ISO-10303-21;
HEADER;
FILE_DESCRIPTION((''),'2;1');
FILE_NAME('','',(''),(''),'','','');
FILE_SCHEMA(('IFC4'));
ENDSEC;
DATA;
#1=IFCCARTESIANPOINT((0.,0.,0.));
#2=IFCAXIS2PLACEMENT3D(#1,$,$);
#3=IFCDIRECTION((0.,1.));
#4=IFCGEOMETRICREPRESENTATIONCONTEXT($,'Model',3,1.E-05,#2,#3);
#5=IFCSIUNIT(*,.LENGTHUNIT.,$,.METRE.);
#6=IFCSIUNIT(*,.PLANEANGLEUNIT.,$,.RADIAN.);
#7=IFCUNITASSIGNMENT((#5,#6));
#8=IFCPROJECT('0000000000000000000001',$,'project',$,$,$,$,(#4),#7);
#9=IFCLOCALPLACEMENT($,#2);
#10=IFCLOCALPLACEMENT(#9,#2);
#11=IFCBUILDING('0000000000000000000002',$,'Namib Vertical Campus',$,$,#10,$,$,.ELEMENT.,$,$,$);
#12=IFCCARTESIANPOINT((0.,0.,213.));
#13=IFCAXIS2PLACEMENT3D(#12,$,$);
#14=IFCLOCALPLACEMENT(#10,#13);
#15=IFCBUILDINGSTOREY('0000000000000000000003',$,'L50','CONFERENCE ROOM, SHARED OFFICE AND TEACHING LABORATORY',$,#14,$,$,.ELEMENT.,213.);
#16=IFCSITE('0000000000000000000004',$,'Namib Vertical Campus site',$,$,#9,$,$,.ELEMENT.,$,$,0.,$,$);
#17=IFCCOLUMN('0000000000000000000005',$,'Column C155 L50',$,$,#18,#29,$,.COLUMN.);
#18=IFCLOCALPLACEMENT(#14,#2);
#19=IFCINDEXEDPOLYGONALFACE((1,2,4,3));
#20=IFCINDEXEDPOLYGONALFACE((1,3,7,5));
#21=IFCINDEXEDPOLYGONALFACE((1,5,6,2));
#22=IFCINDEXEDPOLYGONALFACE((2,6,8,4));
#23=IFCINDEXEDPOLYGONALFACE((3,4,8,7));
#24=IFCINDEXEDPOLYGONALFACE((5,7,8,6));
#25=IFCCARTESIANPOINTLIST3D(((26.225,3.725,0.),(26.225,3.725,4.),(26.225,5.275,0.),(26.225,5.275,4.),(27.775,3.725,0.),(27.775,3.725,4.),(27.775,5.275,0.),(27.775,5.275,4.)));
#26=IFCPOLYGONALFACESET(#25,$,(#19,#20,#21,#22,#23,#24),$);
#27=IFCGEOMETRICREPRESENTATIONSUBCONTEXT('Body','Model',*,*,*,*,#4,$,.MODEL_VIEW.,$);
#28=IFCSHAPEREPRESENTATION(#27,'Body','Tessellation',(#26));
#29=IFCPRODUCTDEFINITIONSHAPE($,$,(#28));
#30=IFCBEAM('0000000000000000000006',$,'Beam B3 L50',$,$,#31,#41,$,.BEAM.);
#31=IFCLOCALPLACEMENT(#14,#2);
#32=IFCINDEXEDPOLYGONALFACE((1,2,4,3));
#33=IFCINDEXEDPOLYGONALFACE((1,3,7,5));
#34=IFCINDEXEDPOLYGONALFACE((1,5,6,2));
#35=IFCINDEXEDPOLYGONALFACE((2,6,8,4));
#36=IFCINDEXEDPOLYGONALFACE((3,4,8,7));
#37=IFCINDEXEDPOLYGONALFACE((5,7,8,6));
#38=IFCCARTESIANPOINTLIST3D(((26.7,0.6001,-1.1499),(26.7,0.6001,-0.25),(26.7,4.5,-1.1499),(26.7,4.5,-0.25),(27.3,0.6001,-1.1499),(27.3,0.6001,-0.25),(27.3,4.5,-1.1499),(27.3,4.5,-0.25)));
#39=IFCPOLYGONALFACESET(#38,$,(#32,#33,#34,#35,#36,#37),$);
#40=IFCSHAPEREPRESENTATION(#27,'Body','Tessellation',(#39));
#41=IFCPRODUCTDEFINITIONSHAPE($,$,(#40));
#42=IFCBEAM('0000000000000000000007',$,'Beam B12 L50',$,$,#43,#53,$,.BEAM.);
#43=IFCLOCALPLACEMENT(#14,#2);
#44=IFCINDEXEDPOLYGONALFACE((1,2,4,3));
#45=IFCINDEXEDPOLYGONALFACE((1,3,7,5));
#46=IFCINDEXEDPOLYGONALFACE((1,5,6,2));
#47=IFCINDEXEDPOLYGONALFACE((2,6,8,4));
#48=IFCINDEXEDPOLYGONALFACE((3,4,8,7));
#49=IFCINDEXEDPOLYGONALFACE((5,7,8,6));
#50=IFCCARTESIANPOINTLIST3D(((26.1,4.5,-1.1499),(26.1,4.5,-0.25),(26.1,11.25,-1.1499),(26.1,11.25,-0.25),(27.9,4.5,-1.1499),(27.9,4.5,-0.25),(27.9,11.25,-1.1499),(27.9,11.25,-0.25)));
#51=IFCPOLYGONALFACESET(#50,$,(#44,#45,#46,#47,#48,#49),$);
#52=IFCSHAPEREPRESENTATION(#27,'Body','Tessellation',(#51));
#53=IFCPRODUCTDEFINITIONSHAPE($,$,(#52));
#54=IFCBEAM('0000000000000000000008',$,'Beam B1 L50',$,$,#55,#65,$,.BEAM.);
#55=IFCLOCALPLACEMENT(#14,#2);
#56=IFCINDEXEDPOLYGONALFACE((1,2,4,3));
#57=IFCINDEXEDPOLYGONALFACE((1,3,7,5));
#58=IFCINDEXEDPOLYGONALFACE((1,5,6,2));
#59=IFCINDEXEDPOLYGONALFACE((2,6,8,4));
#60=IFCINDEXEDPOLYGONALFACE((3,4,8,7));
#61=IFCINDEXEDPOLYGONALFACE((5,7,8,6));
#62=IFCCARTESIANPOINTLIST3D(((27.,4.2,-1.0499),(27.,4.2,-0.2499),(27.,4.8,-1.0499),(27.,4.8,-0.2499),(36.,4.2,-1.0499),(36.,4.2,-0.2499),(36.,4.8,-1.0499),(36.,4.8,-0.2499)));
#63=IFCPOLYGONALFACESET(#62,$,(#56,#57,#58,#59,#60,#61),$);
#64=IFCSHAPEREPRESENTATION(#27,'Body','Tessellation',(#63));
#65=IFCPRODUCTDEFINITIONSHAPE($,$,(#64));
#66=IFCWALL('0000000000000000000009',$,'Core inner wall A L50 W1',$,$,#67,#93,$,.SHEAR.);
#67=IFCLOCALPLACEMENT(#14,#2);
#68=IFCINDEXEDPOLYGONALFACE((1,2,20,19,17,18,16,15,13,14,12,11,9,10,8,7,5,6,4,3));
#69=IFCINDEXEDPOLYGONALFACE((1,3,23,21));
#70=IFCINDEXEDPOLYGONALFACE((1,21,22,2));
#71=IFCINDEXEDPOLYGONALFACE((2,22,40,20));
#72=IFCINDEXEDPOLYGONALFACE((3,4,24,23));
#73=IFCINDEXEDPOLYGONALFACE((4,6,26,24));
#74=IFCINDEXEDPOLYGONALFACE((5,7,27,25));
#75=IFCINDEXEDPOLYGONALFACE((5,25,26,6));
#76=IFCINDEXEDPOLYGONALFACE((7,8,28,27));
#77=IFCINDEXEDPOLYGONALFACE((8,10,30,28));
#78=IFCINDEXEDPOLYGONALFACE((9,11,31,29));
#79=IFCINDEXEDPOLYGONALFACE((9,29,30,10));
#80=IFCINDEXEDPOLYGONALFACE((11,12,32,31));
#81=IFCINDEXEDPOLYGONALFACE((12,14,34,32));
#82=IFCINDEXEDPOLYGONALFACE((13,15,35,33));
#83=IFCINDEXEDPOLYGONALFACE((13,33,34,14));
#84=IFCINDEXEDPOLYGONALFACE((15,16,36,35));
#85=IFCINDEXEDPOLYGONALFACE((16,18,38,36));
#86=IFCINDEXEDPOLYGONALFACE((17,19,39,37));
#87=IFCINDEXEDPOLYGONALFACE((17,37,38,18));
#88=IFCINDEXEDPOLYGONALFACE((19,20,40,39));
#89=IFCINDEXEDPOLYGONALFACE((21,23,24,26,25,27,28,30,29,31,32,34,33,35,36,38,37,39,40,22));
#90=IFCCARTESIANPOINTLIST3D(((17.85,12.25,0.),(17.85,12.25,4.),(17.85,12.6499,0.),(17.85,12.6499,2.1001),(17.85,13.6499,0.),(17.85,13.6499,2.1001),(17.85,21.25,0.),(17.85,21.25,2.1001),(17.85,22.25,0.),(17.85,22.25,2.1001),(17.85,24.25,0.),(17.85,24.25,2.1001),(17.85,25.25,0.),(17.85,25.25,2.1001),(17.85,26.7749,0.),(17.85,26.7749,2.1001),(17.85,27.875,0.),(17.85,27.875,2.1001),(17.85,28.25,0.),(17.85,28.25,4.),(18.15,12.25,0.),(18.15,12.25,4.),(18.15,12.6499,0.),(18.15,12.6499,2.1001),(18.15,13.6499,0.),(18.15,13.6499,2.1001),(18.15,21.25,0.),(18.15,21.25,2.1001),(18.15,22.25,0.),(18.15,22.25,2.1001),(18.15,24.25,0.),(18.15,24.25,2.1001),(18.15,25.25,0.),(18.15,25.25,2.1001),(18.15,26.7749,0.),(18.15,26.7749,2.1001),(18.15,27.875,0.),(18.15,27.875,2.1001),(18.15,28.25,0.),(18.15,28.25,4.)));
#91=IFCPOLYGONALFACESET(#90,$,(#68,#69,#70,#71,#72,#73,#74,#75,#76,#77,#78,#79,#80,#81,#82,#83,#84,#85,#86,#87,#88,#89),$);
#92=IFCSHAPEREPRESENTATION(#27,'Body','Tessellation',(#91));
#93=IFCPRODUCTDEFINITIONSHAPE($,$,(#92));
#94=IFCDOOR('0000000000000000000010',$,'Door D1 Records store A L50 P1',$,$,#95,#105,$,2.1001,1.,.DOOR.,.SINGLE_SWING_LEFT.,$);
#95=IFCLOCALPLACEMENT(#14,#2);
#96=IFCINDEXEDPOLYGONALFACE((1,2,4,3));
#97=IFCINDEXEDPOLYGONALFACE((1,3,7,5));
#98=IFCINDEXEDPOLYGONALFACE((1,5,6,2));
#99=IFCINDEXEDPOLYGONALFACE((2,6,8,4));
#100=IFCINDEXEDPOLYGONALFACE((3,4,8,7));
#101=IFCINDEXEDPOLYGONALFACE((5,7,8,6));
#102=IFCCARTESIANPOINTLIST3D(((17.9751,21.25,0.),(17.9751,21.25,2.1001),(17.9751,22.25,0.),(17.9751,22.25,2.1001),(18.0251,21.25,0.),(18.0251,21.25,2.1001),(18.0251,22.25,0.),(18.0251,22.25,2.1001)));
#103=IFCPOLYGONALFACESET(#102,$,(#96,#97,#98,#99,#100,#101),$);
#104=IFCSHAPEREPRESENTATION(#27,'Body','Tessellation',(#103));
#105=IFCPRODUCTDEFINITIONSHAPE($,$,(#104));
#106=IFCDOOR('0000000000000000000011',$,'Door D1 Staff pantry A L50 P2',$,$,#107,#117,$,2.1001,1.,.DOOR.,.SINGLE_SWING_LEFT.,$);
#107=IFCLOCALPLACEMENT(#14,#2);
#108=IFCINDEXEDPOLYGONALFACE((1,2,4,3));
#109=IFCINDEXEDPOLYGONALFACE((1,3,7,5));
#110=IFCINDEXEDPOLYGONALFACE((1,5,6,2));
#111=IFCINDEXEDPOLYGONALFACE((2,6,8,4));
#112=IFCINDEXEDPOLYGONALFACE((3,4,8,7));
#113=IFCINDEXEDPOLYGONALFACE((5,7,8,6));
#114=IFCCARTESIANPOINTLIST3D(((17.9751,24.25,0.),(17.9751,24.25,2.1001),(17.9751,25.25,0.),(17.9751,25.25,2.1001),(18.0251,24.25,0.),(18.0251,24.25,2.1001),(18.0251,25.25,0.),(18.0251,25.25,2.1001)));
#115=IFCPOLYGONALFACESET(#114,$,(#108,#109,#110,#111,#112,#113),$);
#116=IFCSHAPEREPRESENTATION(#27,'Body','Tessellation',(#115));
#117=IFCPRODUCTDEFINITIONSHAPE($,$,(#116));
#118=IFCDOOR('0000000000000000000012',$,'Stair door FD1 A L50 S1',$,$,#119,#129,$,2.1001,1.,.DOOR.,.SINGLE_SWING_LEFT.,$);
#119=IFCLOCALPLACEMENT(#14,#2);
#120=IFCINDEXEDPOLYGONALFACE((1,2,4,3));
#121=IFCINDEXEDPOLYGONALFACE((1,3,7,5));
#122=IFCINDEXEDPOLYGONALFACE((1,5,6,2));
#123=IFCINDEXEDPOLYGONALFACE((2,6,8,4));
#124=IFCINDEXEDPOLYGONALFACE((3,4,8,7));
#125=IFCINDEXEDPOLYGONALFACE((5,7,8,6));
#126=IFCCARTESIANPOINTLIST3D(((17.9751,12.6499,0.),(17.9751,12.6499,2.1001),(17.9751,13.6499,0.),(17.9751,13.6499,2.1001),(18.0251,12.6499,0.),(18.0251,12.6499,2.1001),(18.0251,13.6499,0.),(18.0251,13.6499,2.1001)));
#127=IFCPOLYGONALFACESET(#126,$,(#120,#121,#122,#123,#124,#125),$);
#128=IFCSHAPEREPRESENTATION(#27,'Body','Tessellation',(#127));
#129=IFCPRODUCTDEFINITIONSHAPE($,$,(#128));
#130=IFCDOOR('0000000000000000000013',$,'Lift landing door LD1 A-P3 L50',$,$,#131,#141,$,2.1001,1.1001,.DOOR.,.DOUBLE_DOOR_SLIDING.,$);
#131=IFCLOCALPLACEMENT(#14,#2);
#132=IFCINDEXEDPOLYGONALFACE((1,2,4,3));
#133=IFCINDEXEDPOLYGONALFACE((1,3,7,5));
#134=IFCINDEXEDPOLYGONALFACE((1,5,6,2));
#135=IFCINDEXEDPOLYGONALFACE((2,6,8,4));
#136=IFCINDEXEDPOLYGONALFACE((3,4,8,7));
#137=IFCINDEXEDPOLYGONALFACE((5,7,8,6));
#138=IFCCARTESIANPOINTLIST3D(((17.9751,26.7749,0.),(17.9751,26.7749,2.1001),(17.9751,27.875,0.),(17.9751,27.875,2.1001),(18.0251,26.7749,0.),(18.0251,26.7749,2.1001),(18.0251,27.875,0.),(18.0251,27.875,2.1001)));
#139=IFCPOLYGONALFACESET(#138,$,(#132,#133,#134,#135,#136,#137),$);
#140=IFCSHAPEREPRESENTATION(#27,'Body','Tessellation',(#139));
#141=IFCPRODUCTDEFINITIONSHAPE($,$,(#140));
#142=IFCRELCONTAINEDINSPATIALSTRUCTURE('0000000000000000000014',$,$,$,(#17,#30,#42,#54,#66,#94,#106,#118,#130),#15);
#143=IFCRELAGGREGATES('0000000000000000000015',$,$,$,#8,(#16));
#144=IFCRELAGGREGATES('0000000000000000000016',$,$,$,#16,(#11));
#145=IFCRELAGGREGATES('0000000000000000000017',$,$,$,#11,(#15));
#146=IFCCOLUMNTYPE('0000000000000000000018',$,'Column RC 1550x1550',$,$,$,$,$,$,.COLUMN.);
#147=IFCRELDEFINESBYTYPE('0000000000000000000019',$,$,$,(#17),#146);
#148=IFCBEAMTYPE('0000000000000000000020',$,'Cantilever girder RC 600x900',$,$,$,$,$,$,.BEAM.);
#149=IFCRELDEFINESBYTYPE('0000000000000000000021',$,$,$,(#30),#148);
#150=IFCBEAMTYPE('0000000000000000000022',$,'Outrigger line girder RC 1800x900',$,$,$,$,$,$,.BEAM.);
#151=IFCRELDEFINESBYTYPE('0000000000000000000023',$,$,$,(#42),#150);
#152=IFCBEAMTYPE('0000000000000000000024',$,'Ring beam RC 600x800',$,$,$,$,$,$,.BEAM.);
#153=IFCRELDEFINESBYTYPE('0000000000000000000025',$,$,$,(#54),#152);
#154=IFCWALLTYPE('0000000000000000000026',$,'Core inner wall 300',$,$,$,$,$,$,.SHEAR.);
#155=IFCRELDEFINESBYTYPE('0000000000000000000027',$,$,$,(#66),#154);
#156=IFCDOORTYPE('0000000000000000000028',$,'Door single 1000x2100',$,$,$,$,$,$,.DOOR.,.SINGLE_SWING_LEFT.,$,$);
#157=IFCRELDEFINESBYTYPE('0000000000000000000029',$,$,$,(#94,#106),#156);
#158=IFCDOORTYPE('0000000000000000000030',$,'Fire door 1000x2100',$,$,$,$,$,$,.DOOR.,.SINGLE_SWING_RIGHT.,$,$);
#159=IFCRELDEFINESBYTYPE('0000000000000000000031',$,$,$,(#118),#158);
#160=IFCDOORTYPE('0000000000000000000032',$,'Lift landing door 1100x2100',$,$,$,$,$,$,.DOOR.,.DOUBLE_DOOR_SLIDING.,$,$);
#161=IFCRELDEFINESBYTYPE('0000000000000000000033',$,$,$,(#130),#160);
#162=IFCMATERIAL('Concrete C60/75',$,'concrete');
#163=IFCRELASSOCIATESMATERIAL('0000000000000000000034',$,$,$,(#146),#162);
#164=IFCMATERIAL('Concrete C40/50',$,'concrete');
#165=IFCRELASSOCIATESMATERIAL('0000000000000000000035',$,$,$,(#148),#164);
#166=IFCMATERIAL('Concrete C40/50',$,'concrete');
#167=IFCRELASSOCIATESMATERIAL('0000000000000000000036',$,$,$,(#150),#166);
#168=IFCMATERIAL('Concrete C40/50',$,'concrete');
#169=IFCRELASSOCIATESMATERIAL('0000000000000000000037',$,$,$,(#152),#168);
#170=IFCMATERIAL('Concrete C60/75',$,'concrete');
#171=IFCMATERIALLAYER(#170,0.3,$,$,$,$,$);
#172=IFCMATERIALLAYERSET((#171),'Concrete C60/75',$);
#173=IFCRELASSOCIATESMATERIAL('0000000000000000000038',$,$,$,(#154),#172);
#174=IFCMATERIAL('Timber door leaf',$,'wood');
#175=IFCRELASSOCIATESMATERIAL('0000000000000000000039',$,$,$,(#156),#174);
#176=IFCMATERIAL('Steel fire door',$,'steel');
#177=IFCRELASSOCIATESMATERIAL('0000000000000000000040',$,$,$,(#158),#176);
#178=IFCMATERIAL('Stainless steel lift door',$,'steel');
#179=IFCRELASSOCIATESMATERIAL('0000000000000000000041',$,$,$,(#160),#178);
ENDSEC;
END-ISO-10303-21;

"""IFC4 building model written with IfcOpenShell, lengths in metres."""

from ifc_helpers import new_model, si_unit, direction, frame, frame_2d, origin, origin_2d, place, context, subcontext, project, spatial, rectangle, extrude, material, layer, layer_set, material_profile, profile_set, type_object, element, fill, save


model = new_model("IFC4")

# Units and contexts
model_context = context("Model", 3, precision=1e-05, world=origin(), true_north=direction((0.0, 1.0)))
body_context = subcontext(model_context, "Body", "Model", "MODEL_VIEW")
ifc_project = project(units=[si_unit("LENGTHUNIT", "METRE"), si_unit("PLANEANGLEUNIT", "RADIAN")], contexts=[model_context])

# Site, building, storey
site_placement = place(None, origin())
site = spatial("IfcSite", under=ifc_project, at=site_placement, Name="Namib Vertical Campus site", CompositionType="ELEMENT", RefElevation=0.0)
building_placement = place(site_placement, origin())
building = spatial("IfcBuilding", under=site, at=building_placement, Name="Namib Vertical Campus", CompositionType="ELEMENT")
storey_placement = place(building_placement, frame((0.0, 0.0, 213.0)))
storey = spatial("IfcBuildingStorey", under=building, at=storey_placement, Name="L50", Description="CONFERENCE ROOM, SHARED OFFICE AND TEACHING LABORATORY", CompositionType="ELEMENT", Elevation=213.0)

# Column
ifc_material_1 = material(Name="Concrete C60/75", Category="concrete")
ifc_material_profile_1 = material_profile(ifc_material_1, rectangle(XDim=1.55, YDim=1.55, at=origin_2d()))
ifc_profile_set_1 = profile_set([ifc_material_profile_1], Name="Concrete C60/75")
column_type = type_object("IfcColumnType", Name="Column RC 1550x1550", PredefinedType="COLUMN", material=ifc_profile_set_1)
column_placement = place(storey_placement, frame((27.0, 4.5, 0.0), z_axis=(0.0, 0.0, 1.0), x_axis=(1.0, 0.0, 0.0)))
element("IfcColumn", 1, at=column_placement, inside=storey, type_object=column_type, Name="Column C155 L50", PredefinedType="COLUMN", context=body_context, shape_type="SweptSolid", body=[
    extrude(rectangle(XDim=1.55, YDim=1.55, at=origin_2d()), origin(), (0.0, 0.0, 1.0), 4.0),
])

# Beams
ifc_material_2 = material(Name="Concrete C40/50", Category="concrete")
ifc_material_profile_2 = material_profile(ifc_material_2, rectangle(XDim=0.6001, YDim=0.8999, at=origin_2d()))
ifc_profile_set_2 = profile_set([ifc_material_profile_2], Name="Concrete C40/50")
beam_type_1 = type_object("IfcBeamType", Name="Cantilever girder RC 600x900", PredefinedType="BEAM", material=ifc_profile_set_2)
beam_1_placement = place(storey_placement, frame((27.0, 4.5, -0.7), z_axis=(0.0, -1.0, 0.0), x_axis=(1.0, 0.0, 0.0)))
element("IfcBeam", 2, at=beam_1_placement, inside=storey, type_object=beam_type_1, Name="Beam B3 L50", PredefinedType="BEAM", context=body_context, shape_type="SweptSolid", body=[
    extrude(rectangle(XDim=0.6001, YDim=0.8999, at=origin_2d()), origin(), (0.0, 0.0, 1.0), 3.8999),
])
ifc_material_3 = material(Name="Concrete C40/50", Category="concrete")
ifc_material_profile_3 = material_profile(ifc_material_3, rectangle(XDim=1.8, YDim=0.8999, at=origin_2d()))
ifc_profile_set_3 = profile_set([ifc_material_profile_3], Name="Concrete C40/50")
beam_type_2 = type_object("IfcBeamType", Name="Outrigger line girder RC 1800x900", PredefinedType="BEAM", material=ifc_profile_set_3)
beam_2_placement = place(storey_placement, frame((27.0, 4.5, -0.7), z_axis=(0.0, 1.0, 0.0), x_axis=(-1.0, 0.0, 0.0)))
element("IfcBeam", 3, at=beam_2_placement, inside=storey, type_object=beam_type_2, Name="Beam B12 L50", PredefinedType="BEAM", context=body_context, shape_type="SweptSolid", body=[
    extrude(rectangle(XDim=1.8, YDim=0.8999, at=origin_2d()), origin(), (0.0, 0.0, 1.0), 6.75),
])
ifc_material_4 = material(Name="Concrete C40/50", Category="concrete")
ifc_material_profile_4 = material_profile(ifc_material_4, rectangle(XDim=0.6001, YDim=0.8, at=origin_2d()))
ifc_profile_set_4 = profile_set([ifc_material_profile_4], Name="Concrete C40/50")
beam_type_3 = type_object("IfcBeamType", Name="Ring beam RC 600x800", PredefinedType="BEAM", material=ifc_profile_set_4)
beam_3_placement = place(storey_placement, frame((27.0, 4.5, -0.6499), z_axis=(1.0, 0.0, 0.0), x_axis=(0.0, 1.0, 0.0)))
element("IfcBeam", 4, at=beam_3_placement, inside=storey, type_object=beam_type_3, Name="Beam B1 L50", PredefinedType="BEAM", context=body_context, shape_type="SweptSolid", body=[
    extrude(rectangle(XDim=0.6001, YDim=0.8, at=origin_2d()), origin(), (0.0, 0.0, 1.0), 9.0),
])

# Wall, openings, doors
ifc_material_5 = material(Name="Concrete C60/75", Category="concrete")
ifc_layer_1 = layer(ifc_material_5, 0.3)
ifc_layer_set_1 = layer_set([ifc_layer_1], Name="Concrete C60/75")
wall_type_1 = type_object("IfcWallType", Name="Core inner wall 300", PredefinedType="SHEAR", material=ifc_layer_set_1)
wall_1_placement = place(storey_placement, frame((18.0, 12.25, 0.0), z_axis=(0.0, 0.0, 1.0), x_axis=(0.0, 1.0, 0.0)))
wall_1 = element("IfcWall", 5, at=wall_1_placement, inside=storey, type_object=wall_type_1, Name="Core inner wall A L50 W1", PredefinedType="SHEAR", context=body_context, shape_type="SweptSolid", body=[
    extrude(rectangle(XDim=16.0, YDim=0.3, at=frame_2d((8.0, 0.0))), origin(), (0.0, 0.0, 1.0), 4.0),
])
opening_1_placement = place(wall_1_placement, frame((0.3999, 0.0, 0.0)))
opening_1 = element("IfcOpeningElement", 6, at=opening_1_placement, cuts=wall_1, PredefinedType="OPENING", context=body_context, shape_type="SweptSolid", body=[
    extrude(rectangle(XDim=1.0, YDim=2.1001, at=frame_2d((0.5, 1.05))), frame((0.0, 0.1599, 0.0), z_axis=(0.0, -1.0, 0.0), x_axis=(1.0, 0.0, 0.0)), (0.0, 0.0, 1.0), 0.3201),
])
opening_2_placement = place(wall_1_placement, frame((14.5249, 0.0, 0.0)))
opening_2 = element("IfcOpeningElement", 7, at=opening_2_placement, cuts=wall_1, PredefinedType="OPENING", context=body_context, shape_type="SweptSolid", body=[
    extrude(rectangle(XDim=1.1001, YDim=2.1001, at=frame_2d((0.55, 1.05))), frame((0.0, 0.1599, 0.0), z_axis=(0.0, -1.0, 0.0), x_axis=(1.0, 0.0, 0.0)), (0.0, 0.0, 1.0), 0.3201),
])
opening_3_placement = place(wall_1_placement, frame((9.0, 0.0, 0.0)))
opening_3 = element("IfcOpeningElement", 8, at=opening_3_placement, cuts=wall_1, PredefinedType="OPENING", context=body_context, shape_type="SweptSolid", body=[
    extrude(rectangle(XDim=1.0, YDim=2.1001, at=frame_2d((0.5, 1.05))), frame((0.0, 0.1599, 0.0), z_axis=(0.0, -1.0, 0.0), x_axis=(1.0, 0.0, 0.0)), (0.0, 0.0, 1.0), 0.3201),
])
opening_4_placement = place(wall_1_placement, frame((12.0, 0.0, 0.0)))
opening_4 = element("IfcOpeningElement", 9, at=opening_4_placement, cuts=wall_1, PredefinedType="OPENING", context=body_context, shape_type="SweptSolid", body=[
    extrude(rectangle(XDim=1.0, YDim=2.1001, at=frame_2d((0.5, 1.05))), frame((0.0, 0.1599, 0.0), z_axis=(0.0, -1.0, 0.0), x_axis=(1.0, 0.0, 0.0)), (0.0, 0.0, 1.0), 0.3201),
])
ifc_material_6 = material(Name="Timber door leaf", Category="wood")
door_type_1 = type_object("IfcDoorType", Name="Door single 1000x2100", OperationType="SINGLE_SWING_LEFT", PredefinedType="DOOR", material=ifc_material_6)
door_1_placement = place(opening_3_placement, origin())
door_1 = element("IfcDoor", 10, at=door_1_placement, inside=storey, type_object=door_type_1, Name="Door D1 Records store A L50 P1", OperationType="SINGLE_SWING_LEFT", OverallHeight=2.1001, OverallWidth=1.0, PredefinedType="DOOR", context=body_context, shape_type="SweptSolid", body=[
    extrude(rectangle(XDim=1.0, YDim=2.1001, at=frame_2d((0.5, 1.05))), frame((0.0, 0.0249, 0.0), z_axis=(0.0, -1.0, 0.0), x_axis=(1.0, 0.0, 0.0)), (0.0, 0.0, 1.0), 0.05),
])
fill(opening_3, door_1)
door_2_placement = place(opening_4_placement, origin())
door_2 = element("IfcDoor", 11, at=door_2_placement, inside=storey, type_object=door_type_1, Name="Door D1 Staff pantry A L50 P2", OperationType="SINGLE_SWING_LEFT", OverallHeight=2.1001, OverallWidth=1.0, PredefinedType="DOOR", context=body_context, shape_type="SweptSolid", body=[
    extrude(rectangle(XDim=1.0, YDim=2.1001, at=frame_2d((0.5, 1.05))), frame((0.0, 0.0249, 0.0), z_axis=(0.0, -1.0, 0.0), x_axis=(1.0, 0.0, 0.0)), (0.0, 0.0, 1.0), 0.05),
])
fill(opening_4, door_2)
ifc_material_7 = material(Name="Steel fire door", Category="steel")
door_type_2 = type_object("IfcDoorType", Name="Fire door 1000x2100", OperationType="SINGLE_SWING_RIGHT", PredefinedType="DOOR", material=ifc_material_7)
door_3_placement = place(opening_1_placement, origin())
door_3 = element("IfcDoor", 12, at=door_3_placement, inside=storey, type_object=door_type_2, Name="Stair door FD1 A L50 S1", OperationType="SINGLE_SWING_LEFT", OverallHeight=2.1001, OverallWidth=1.0, PredefinedType="DOOR", context=body_context, shape_type="SweptSolid", body=[
    extrude(rectangle(XDim=1.0, YDim=2.1001, at=frame_2d((0.5, 1.05))), frame((0.0, 0.0249, 0.0), z_axis=(0.0, -1.0, 0.0), x_axis=(1.0, 0.0, 0.0)), (0.0, 0.0, 1.0), 0.05),
])
fill(opening_1, door_3)
ifc_material_8 = material(Name="Stainless steel lift door", Category="steel")
door_type_3 = type_object("IfcDoorType", Name="Lift landing door 1100x2100", OperationType="DOUBLE_DOOR_SLIDING", PredefinedType="DOOR", material=ifc_material_8)
door_4_placement = place(opening_2_placement, origin())
door_4 = element("IfcDoor", 13, at=door_4_placement, inside=storey, type_object=door_type_3, Name="Lift landing door LD1 A-P3 L50", OperationType="DOUBLE_DOOR_SLIDING", OverallHeight=2.1001, OverallWidth=1.1001, PredefinedType="DOOR", context=body_context, shape_type="SweptSolid", body=[
    extrude(rectangle(XDim=1.1001, YDim=2.1001, at=frame_2d((0.55, 1.05))), frame((0.0, 0.0249, 0.0), z_axis=(0.0, -1.0, 0.0), x_axis=(1.0, 0.0, 0.0)), (0.0, 0.0, 1.0), 0.05),
])
fill(opening_2, door_4)

save(model, "model.ifc")
